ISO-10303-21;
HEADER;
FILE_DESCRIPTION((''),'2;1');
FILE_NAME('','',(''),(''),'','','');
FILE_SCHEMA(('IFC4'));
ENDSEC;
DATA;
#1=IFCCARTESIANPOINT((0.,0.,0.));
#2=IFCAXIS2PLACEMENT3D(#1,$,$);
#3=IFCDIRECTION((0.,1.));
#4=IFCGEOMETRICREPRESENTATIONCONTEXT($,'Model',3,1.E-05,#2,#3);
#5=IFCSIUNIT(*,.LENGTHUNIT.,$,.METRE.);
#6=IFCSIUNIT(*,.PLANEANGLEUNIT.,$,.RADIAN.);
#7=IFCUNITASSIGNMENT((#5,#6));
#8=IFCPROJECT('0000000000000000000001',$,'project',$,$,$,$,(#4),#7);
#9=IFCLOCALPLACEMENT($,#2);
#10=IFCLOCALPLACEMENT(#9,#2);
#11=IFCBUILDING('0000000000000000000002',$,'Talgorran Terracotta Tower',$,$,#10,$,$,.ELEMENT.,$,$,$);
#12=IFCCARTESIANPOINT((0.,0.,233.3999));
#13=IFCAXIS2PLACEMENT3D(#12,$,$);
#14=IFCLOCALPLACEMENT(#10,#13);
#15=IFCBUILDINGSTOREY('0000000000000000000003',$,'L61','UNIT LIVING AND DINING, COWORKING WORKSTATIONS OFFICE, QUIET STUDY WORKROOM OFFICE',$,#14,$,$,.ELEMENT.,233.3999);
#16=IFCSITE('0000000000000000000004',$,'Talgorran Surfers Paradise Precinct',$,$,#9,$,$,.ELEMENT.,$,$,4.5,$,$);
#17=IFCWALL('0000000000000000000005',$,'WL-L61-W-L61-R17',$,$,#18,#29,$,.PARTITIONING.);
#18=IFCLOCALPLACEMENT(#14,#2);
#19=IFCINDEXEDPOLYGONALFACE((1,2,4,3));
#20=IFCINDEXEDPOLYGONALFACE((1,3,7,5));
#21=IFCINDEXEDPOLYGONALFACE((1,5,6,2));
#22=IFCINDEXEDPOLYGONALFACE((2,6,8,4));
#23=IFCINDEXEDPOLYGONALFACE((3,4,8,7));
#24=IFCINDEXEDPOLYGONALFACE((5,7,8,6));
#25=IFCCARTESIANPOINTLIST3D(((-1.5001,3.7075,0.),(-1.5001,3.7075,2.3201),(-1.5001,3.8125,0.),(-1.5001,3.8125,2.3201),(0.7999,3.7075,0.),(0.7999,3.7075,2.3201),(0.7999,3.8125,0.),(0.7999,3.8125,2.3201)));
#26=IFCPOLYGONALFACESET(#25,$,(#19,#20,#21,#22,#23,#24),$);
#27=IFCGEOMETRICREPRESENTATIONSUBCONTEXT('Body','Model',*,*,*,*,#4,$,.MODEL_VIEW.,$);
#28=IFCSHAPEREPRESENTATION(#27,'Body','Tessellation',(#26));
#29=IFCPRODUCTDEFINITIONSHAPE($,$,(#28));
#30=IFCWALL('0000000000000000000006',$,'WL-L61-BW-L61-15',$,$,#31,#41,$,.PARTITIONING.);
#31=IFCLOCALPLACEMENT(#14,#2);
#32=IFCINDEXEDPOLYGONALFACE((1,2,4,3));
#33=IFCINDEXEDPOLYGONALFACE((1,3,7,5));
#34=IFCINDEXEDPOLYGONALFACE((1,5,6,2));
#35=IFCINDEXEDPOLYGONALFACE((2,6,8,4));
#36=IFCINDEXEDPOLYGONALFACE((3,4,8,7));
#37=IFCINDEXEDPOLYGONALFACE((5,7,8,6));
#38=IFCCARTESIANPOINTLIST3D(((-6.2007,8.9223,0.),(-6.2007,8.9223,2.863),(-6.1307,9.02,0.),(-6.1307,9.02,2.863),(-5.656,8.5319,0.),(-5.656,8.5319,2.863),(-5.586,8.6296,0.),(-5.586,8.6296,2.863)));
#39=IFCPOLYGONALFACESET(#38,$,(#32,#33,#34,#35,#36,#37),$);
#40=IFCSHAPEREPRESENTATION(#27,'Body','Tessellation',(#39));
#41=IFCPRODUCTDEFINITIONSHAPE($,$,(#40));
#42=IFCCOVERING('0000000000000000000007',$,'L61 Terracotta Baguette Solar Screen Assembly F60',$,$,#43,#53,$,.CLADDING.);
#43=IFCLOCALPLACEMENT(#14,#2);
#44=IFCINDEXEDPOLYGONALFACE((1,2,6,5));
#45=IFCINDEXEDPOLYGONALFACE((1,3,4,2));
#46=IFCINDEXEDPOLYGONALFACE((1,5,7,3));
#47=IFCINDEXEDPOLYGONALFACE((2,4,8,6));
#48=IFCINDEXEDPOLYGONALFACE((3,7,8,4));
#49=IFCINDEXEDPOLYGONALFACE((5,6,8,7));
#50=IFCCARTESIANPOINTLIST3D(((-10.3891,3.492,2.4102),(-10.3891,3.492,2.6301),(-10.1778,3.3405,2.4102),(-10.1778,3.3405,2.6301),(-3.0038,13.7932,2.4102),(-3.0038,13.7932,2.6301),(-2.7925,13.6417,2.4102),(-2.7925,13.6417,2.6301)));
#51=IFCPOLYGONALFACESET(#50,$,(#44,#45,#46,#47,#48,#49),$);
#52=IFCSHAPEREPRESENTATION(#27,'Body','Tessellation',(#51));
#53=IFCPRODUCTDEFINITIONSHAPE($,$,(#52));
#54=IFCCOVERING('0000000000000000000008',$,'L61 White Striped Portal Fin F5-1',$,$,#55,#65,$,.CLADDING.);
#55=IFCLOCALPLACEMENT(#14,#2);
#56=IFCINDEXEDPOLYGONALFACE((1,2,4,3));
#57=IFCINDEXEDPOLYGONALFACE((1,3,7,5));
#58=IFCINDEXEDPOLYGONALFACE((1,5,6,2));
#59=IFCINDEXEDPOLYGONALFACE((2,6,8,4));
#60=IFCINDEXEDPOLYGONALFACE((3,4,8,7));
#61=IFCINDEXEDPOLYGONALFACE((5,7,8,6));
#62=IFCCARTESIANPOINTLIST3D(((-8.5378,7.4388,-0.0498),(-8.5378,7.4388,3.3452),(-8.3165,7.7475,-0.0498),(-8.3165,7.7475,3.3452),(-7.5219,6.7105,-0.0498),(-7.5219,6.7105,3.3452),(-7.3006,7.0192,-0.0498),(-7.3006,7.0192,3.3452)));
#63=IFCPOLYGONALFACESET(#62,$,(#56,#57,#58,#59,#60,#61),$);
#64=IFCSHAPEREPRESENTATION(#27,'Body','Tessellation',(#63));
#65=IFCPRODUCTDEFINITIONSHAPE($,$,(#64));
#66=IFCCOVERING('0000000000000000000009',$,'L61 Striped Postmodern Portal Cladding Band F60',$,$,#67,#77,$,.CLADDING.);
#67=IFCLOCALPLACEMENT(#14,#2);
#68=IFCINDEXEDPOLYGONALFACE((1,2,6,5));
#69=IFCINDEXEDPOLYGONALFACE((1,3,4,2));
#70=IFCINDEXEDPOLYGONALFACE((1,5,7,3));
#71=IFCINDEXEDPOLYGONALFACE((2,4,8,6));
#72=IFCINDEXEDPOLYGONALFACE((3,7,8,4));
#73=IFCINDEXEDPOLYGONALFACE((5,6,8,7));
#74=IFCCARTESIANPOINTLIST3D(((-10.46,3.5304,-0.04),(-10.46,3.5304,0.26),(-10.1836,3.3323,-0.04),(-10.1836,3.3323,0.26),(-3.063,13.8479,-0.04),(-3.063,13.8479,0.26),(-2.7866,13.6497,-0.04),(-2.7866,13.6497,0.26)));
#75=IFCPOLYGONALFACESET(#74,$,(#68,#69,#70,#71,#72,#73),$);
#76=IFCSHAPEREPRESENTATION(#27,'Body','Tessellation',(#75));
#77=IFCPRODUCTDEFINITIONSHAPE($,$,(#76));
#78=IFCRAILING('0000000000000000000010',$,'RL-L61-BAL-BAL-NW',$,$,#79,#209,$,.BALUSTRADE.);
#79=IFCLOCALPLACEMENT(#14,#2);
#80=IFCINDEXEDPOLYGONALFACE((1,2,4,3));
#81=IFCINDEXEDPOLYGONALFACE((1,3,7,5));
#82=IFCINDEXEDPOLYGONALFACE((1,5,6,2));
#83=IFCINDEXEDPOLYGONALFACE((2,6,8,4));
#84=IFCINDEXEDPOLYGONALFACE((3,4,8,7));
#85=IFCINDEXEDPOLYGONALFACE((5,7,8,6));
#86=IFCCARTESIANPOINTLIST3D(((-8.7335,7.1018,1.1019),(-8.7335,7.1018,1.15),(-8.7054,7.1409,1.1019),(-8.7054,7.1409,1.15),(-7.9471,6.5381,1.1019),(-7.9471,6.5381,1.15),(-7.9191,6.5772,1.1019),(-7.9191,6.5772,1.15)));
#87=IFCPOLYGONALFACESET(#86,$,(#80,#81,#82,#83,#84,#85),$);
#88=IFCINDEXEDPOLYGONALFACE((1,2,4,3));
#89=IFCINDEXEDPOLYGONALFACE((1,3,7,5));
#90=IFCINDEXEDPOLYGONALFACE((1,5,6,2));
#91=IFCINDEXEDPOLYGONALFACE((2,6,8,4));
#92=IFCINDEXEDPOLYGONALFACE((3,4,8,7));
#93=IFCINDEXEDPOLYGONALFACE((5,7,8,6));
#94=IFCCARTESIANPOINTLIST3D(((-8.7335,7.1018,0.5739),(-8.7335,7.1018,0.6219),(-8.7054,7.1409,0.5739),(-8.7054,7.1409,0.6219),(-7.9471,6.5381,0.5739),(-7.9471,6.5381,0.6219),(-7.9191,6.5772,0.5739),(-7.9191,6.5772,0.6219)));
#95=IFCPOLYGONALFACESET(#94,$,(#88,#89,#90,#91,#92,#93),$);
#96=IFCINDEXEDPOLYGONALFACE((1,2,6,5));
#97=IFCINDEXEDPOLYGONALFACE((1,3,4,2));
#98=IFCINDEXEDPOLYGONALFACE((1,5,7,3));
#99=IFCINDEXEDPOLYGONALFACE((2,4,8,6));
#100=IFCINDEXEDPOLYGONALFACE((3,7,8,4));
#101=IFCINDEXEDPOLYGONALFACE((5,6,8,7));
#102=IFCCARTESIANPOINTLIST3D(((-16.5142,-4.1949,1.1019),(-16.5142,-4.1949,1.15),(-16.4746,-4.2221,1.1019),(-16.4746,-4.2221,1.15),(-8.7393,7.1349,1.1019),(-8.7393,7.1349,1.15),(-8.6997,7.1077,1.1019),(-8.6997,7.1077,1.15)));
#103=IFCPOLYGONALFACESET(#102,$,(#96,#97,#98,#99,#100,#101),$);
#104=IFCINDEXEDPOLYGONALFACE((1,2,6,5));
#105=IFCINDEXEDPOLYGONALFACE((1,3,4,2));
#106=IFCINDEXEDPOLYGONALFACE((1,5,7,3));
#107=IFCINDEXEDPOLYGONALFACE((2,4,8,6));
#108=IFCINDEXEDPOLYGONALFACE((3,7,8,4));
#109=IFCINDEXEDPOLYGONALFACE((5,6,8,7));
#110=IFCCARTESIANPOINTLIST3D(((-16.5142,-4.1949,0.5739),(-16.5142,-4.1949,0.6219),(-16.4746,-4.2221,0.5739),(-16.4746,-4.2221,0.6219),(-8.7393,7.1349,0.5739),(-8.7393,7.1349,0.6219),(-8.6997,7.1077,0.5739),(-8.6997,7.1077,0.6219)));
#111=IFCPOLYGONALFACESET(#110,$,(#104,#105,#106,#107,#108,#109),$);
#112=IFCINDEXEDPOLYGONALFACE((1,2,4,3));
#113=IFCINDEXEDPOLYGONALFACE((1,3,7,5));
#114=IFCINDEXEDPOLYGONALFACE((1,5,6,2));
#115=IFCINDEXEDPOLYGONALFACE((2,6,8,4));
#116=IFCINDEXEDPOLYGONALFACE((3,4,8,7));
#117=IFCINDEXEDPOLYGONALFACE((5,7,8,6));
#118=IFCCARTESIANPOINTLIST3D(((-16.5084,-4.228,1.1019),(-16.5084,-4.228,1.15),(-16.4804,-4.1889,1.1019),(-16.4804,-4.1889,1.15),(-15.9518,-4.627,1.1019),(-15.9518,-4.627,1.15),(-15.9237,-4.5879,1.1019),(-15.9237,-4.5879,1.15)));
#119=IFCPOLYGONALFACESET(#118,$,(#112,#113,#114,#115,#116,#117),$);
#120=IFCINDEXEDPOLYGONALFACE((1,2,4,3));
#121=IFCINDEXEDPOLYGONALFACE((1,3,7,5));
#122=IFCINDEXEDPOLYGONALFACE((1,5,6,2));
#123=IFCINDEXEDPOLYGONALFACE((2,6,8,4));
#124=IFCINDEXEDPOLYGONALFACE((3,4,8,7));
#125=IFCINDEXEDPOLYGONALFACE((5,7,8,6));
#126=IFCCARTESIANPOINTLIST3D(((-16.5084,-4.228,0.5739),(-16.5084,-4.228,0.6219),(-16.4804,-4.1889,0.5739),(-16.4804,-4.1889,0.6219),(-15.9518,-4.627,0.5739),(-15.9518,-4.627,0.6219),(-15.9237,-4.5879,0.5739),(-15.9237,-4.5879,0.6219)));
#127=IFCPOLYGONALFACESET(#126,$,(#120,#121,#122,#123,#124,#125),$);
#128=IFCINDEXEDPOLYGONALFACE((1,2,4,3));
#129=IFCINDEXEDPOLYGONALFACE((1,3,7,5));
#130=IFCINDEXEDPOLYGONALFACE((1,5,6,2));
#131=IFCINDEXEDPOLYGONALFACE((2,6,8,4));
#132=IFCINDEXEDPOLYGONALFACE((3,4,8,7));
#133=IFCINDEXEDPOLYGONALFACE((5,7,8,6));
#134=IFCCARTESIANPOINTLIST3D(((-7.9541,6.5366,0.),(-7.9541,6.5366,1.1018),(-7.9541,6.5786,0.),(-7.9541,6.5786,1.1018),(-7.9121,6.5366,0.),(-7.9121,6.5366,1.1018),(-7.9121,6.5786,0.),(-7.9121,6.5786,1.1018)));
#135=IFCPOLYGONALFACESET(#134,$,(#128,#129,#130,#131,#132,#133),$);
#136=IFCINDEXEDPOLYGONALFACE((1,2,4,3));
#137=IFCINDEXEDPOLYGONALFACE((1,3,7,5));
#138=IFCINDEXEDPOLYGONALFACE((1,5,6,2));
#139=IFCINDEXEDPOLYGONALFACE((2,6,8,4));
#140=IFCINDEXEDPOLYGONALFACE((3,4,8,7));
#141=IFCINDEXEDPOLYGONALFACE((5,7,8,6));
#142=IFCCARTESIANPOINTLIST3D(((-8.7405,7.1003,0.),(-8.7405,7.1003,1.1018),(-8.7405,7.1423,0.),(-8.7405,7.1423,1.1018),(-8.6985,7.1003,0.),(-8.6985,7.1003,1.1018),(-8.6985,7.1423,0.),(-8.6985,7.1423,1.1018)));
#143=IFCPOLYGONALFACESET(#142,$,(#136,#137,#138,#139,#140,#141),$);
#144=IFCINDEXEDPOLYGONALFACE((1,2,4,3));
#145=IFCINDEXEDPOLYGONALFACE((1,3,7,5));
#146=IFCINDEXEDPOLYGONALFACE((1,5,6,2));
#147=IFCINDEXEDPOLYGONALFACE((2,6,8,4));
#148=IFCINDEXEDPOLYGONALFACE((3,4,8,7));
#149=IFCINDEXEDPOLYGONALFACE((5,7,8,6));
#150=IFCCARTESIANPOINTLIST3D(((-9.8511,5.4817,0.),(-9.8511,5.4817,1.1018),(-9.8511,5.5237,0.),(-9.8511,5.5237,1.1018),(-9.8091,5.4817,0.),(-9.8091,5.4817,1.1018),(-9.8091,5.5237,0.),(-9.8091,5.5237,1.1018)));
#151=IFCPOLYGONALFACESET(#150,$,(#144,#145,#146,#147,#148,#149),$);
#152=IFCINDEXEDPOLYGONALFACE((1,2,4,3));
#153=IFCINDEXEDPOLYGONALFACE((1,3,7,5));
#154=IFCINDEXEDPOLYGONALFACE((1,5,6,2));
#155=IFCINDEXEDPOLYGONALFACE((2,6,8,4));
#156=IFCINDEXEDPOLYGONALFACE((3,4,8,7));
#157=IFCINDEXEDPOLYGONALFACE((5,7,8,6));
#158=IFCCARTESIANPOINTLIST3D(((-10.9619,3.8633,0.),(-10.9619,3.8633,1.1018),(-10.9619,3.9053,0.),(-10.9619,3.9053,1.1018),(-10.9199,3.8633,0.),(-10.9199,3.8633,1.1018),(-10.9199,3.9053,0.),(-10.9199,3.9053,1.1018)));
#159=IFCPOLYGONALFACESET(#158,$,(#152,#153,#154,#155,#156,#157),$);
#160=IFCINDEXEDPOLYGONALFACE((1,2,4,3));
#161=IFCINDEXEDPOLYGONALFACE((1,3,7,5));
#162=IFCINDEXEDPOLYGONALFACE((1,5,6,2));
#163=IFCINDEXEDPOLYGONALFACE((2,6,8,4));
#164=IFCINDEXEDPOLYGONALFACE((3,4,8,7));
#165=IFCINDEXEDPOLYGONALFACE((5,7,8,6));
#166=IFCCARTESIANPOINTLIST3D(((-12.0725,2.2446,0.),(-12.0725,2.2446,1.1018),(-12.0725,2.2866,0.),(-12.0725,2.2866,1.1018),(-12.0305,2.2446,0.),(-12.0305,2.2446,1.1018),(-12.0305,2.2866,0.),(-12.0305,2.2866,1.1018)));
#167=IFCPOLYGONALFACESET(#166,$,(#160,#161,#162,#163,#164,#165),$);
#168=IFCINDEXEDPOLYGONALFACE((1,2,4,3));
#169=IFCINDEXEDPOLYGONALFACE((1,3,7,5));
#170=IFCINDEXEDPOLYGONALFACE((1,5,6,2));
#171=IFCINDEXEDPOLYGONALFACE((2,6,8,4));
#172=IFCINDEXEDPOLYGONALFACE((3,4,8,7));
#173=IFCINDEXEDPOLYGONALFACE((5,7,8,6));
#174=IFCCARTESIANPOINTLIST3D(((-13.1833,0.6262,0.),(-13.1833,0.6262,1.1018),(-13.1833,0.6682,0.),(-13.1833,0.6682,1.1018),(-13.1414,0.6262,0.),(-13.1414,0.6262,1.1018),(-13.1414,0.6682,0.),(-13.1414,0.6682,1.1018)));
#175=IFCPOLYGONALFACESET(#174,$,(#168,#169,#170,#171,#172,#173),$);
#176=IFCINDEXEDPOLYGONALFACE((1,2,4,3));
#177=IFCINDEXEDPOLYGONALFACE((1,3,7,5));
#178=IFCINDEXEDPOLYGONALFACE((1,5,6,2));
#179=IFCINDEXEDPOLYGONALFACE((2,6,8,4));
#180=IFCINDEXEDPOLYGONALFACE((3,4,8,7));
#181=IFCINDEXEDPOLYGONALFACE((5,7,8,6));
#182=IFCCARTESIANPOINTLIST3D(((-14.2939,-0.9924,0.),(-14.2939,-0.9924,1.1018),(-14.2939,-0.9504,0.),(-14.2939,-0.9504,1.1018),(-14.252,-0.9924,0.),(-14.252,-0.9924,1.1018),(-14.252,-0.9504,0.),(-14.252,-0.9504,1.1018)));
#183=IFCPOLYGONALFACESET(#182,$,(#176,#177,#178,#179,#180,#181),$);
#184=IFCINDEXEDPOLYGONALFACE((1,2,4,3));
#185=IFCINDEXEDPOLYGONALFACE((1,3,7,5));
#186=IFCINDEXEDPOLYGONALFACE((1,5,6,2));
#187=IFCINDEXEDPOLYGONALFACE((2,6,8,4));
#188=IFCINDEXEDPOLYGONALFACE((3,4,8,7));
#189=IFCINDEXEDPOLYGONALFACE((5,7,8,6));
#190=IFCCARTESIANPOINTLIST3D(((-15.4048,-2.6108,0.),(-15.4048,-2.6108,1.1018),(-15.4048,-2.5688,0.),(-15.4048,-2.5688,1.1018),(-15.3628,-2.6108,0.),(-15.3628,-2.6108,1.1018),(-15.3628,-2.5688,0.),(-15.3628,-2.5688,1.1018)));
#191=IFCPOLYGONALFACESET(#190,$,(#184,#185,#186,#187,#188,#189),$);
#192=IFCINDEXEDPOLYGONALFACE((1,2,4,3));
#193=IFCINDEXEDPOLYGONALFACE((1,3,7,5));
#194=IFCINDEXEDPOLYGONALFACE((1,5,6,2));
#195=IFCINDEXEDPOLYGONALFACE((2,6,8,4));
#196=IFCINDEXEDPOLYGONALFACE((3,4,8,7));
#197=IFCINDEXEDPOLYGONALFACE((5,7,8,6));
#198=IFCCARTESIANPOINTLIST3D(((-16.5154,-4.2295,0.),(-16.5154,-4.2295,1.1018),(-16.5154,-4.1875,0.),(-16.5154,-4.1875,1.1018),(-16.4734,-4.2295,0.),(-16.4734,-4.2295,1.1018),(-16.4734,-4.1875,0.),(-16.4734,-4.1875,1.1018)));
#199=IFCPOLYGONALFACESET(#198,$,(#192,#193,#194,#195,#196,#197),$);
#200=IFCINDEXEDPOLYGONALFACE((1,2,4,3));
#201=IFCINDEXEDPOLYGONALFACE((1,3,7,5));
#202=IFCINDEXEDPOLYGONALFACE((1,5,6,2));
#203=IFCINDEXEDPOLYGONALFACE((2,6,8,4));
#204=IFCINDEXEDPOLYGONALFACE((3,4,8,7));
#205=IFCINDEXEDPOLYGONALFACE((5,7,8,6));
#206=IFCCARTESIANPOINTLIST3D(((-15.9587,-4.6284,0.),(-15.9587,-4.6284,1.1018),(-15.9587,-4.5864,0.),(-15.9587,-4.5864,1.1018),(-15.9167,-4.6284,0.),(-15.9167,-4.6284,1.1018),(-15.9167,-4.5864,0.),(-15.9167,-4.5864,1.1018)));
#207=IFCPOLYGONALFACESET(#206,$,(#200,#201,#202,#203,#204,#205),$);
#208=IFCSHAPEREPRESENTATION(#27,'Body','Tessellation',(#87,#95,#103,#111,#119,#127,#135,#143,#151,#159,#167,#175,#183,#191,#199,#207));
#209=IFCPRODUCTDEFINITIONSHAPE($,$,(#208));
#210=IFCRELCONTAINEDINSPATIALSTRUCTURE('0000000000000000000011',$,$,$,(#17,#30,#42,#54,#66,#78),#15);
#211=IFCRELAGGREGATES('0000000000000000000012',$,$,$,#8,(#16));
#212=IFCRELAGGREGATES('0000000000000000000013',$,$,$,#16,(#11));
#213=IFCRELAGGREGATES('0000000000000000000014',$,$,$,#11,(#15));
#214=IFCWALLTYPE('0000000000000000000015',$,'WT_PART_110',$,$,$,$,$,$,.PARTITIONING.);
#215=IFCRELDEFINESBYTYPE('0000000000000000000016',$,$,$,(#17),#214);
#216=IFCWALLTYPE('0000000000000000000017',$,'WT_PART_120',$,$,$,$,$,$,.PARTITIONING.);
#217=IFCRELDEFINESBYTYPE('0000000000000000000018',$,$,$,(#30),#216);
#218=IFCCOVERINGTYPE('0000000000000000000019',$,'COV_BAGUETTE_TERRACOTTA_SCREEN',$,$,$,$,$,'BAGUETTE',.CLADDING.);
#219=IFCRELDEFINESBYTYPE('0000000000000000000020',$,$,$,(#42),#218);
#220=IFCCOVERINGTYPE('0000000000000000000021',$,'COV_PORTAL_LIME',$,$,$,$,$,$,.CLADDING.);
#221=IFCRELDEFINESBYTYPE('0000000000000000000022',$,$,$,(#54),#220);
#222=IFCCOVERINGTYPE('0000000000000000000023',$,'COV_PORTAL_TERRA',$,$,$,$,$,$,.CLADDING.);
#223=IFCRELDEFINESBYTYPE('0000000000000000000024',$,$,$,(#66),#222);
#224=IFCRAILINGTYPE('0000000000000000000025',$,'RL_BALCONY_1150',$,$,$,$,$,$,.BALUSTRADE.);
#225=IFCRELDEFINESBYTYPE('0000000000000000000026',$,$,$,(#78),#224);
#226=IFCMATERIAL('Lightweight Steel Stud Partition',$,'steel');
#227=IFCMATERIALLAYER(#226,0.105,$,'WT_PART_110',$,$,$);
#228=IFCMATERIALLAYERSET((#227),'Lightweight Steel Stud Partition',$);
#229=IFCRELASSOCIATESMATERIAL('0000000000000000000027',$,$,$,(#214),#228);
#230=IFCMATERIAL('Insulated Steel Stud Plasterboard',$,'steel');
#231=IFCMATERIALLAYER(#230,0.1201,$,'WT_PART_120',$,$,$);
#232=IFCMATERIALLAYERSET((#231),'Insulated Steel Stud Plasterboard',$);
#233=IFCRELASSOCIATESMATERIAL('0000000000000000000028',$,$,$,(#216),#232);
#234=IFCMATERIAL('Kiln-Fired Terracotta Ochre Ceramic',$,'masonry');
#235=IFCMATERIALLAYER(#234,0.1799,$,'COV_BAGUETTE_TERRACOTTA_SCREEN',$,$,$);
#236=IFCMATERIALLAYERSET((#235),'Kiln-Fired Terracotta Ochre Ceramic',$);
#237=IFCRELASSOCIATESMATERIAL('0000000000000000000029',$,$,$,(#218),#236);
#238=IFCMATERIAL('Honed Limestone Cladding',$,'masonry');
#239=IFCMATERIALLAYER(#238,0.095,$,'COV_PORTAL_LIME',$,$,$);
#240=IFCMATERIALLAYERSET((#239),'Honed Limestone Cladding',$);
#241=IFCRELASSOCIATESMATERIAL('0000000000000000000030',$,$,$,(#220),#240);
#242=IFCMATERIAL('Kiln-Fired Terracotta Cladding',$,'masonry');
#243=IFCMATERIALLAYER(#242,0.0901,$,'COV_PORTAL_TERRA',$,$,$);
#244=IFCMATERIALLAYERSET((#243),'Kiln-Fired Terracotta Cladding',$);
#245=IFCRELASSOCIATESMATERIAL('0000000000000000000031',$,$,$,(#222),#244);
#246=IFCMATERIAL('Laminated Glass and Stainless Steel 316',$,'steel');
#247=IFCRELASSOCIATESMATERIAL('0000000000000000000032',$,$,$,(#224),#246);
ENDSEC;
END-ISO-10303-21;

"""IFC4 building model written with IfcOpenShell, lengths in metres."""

from ifc_helpers import new_model, si_unit, direction, frame, frame_2d, origin, origin_2d, place, context, subcontext, project, spatial, rectangle, extrude, material, layer, layer_set, type_object, element, save


model = new_model("IFC4")

# Units and contexts
model_context = context("Model", 3, precision=1e-05, world=origin(), true_north=direction((0.0, 1.0)))
body_context = subcontext(model_context, "Body", "Model", "MODEL_VIEW")
ifc_project = project(units=[si_unit("LENGTHUNIT", "METRE"), si_unit("PLANEANGLEUNIT", "RADIAN")], contexts=[model_context])

# Site, building, storey
site_placement = place(None, origin())
site = spatial("IfcSite", under=ifc_project, at=site_placement, Name="Talgorran Surfers Paradise Precinct", CompositionType="ELEMENT", RefElevation=4.5)
building_placement = place(site_placement, origin())
building = spatial("IfcBuilding", under=site, at=building_placement, Name="Talgorran Terracotta Tower", CompositionType="ELEMENT")
storey_placement = place(building_placement, frame((0.0, 0.0, 233.3999)))
storey = spatial("IfcBuildingStorey", under=building, at=storey_placement, Name="L61", Description="UNIT LIVING AND DINING, COWORKING WORKSTATIONS OFFICE, QUIET STUDY WORKROOM OFFICE", CompositionType="ELEMENT", Elevation=233.3999)

# Shared definitions
ifc_material_1 = material(Name="Lightweight Steel Stud Partition", Category="steel")
ifc_layer_1 = layer(ifc_material_1, 0.105, Name="WT_PART_110")
ifc_layer_set_1 = layer_set([ifc_layer_1], Name="Lightweight Steel Stud Partition")
wall_type_1 = type_object("IfcWallType", Name="WT_PART_110", PredefinedType="PARTITIONING", material=ifc_layer_set_1)

# Walls
wall_1_placement = place(storey_placement, frame((-1.5, 3.76, 0.0), z_axis=(0.0, 0.0, 1.0), x_axis=(1.0, 0.0, 0.0)))
element("IfcWall", 1, at=wall_1_placement, inside=storey, type_object=wall_type_1, Name="WL-L61-W-L61-R17", PredefinedType="PARTITIONING", context=body_context, shape_type="SweptSolid", body=[
    extrude(rectangle(XDim=2.3, YDim=0.105, at=frame_2d((1.1499, 0.0))), origin(), (0.0, 0.0, 1.0), 2.3201),
])
ifc_material_2 = material(Name="Insulated Steel Stud Plasterboard", Category="steel")
ifc_layer_2 = layer(ifc_material_2, 0.1201, Name="WT_PART_120")
ifc_layer_set_2 = layer_set([ifc_layer_2], Name="Insulated Steel Stud Plasterboard")
wall_type_2 = type_object("IfcWallType", Name="WT_PART_120", PredefinedType="PARTITIONING", material=ifc_layer_set_2)
wall_2_placement = place(storey_placement, frame((-5.6211, 8.5808, 0.0), z_axis=(0.0, 0.0, 1.0), x_axis=(-0.812797, 0.582547, 0.0)))
element("IfcWall", 2, at=wall_2_placement, inside=storey, type_object=wall_type_2, Name="WL-L61-BW-L61-15", PredefinedType="PARTITIONING", context=body_context, shape_type="SweptSolid", body=[
    extrude(rectangle(XDim=0.6702, YDim=0.1201, at=frame_2d((0.335, 0.0))), origin(), (0.0, 0.0, 1.0), 2.863),
])

# Coverings
ifc_material_3 = material(Name="Kiln-Fired Terracotta Ochre Ceramic", Category="masonry")
ifc_layer_3 = layer(ifc_material_3, 0.1799, Name="COV_BAGUETTE_TERRACOTTA_SCREEN")
ifc_layer_set_3 = layer_set([ifc_layer_3], Name="Kiln-Fired Terracotta Ochre Ceramic")
covering_type_1 = type_object("IfcCoveringType", Name="COV_BAGUETTE_TERRACOTTA_SCREEN", ElementType="BAGUETTE", PredefinedType="CLADDING", material=ifc_layer_set_3)
covering_1_placement = place(storey_placement, frame((-6.5908, 8.5669, 2.4102), z_axis=(0.0, 0.0, 1.0), x_axis=(-0.582662, -0.812715, 0.0)))
element("IfcCovering", 3, at=covering_1_placement, inside=storey, type_object=covering_type_1, Name="L61 Terracotta Baguette Solar Screen Assembly F60", PredefinedType="CLADDING", context=body_context, shape_type="SweptSolid", body=[
    extrude(rectangle(XDim=12.675, YDim=0.26, at=origin_2d()), origin(), (0.0, 0.0, 1.0), 0.22),
])
ifc_material_4 = material(Name="Honed Limestone Cladding", Category="masonry")
ifc_layer_4 = layer(ifc_material_4, 0.095, Name="COV_PORTAL_LIME")
ifc_layer_set_4 = layer_set([ifc_layer_4], Name="Honed Limestone Cladding")
covering_type_2 = type_object("IfcCoveringType", Name="COV_PORTAL_LIME", PredefinedType="CLADDING", material=ifc_layer_set_4)
covering_2_placement = place(storey_placement, frame((-7.9192, 7.229, -0.0498), z_axis=(0.0, 0.0, 1.0), x_axis=(-0.582662, -0.812715, 0.0)))
element("IfcCovering", 4, at=covering_2_placement, inside=storey, type_object=covering_type_2, Name="L61 White Striped Portal Fin F5-1", PredefinedType="CLADDING", context=body_context, shape_type="SweptSolid", body=[
    extrude(rectangle(XDim=0.3799, YDim=1.25, at=origin_2d()), origin(), (0.0, 0.0, 1.0), 3.395),
])
ifc_material_5 = material(Name="Kiln-Fired Terracotta Cladding", Category="masonry")
ifc_layer_5 = layer(ifc_material_5, 0.0901, Name="COV_PORTAL_TERRA")
ifc_layer_set_5 = layer_set([ifc_layer_5], Name="Kiln-Fired Terracotta Cladding")
covering_type_3 = type_object("IfcCoveringType", Name="COV_PORTAL_TERRA", PredefinedType="CLADDING", material=ifc_layer_set_5)
covering_3_placement = place(storey_placement, frame((-6.6233, 8.5901, -0.04), z_axis=(0.0, 0.0, 1.0), x_axis=(-0.582662, -0.812715, 0.0)))
element("IfcCovering", 5, at=covering_3_placement, inside=storey, type_object=covering_type_3, Name="L61 Striped Postmodern Portal Cladding Band F60", PredefinedType="CLADDING", context=body_context, shape_type="SweptSolid", body=[
    extrude(rectangle(XDim=12.6951, YDim=0.3401, at=origin_2d()), origin(), (0.0, 0.0, 1.0), 0.3),
])

# Railing
ifc_material_6 = material(Name="Laminated Glass and Stainless Steel 316", Category="steel")
railing_type = type_object("IfcRailingType", Name="RL_BALCONY_1150", PredefinedType="BALUSTRADE", material=ifc_material_6)
railing_placement = place(storey_placement, frame((-7.9331, 6.5576, 0.0)))
element("IfcRailing", 6, at=railing_placement, inside=storey, type_object=railing_type, Name="RL-L61-BAL-BAL-NW", PredefinedType="BALUSTRADE", context=body_context, shape_type="SweptSolid", body=[
    extrude(rectangle(XDim=0.0481, YDim=0.0481, at=origin_2d()), frame((0.0, 0.0, 1.126), z_axis=(-0.812743, 0.582622, 0.0), x_axis=(-0.582622, -0.812743, 0.0)), (0.0, 0.0, 1.0), 0.9675),
    extrude(rectangle(XDim=0.0481, YDim=0.0481, at=origin_2d()), frame((0.0, 0.0, 0.5979), z_axis=(-0.812743, 0.582622, 0.0), x_axis=(-0.582622, -0.812743, 0.0)), (0.0, 0.0, 1.0), 0.9675),
    extrude(rectangle(XDim=0.0481, YDim=0.0481, at=origin_2d()), frame((-0.7864, 0.5637, 1.126), z_axis=(-0.565819, -0.824529, 0.0), x_axis=(0.824529, -0.565819, 0.0)), (0.0, 0.0, 1.0), 13.741),
    extrude(rectangle(XDim=0.0481, YDim=0.0481, at=origin_2d()), frame((-0.7864, 0.5637, 0.5979), z_axis=(-0.565819, -0.824529, 0.0), x_axis=(0.824529, -0.565819, 0.0)), (0.0, 0.0, 1.0), 13.741),
    extrude(rectangle(XDim=0.0481, YDim=0.0481, at=origin_2d()), frame((-8.5613, -10.7661, 1.126), z_axis=(0.812817, -0.582519, 0.0), x_axis=(0.582519, 0.812817, 0.0)), (0.0, 0.0, 1.0), 0.6848),
    extrude(rectangle(XDim=0.0481, YDim=0.0481, at=origin_2d()), frame((-8.5613, -10.7661, 0.5979), z_axis=(0.812817, -0.582519, 0.0), x_axis=(0.582519, 0.812817, 0.0)), (0.0, 0.0, 1.0), 0.6848),
    extrude(rectangle(XDim=0.042, YDim=0.042, at=origin_2d()), origin(), (0.0, 0.0, 1.0), 1.1018),
    extrude(rectangle(XDim=0.042, YDim=0.042, at=origin_2d()), frame((-0.7864, 0.5637, 0.0)), (0.0, 0.0, 1.0), 1.1018),
    extrude(rectangle(XDim=0.042, YDim=0.042, at=origin_2d()), frame((-1.897, -1.0549, 0.0)), (0.0, 0.0, 1.0), 1.1018),
    extrude(rectangle(XDim=0.042, YDim=0.042, at=origin_2d()), frame((-3.0078, -2.6733, 0.0)), (0.0, 0.0, 1.0), 1.1018),
    extrude(rectangle(XDim=0.042, YDim=0.042, at=origin_2d()), frame((-4.1184, -4.292, 0.0)), (0.0, 0.0, 1.0), 1.1018),
    extrude(rectangle(XDim=0.042, YDim=0.042, at=origin_2d()), frame((-5.2292, -5.9104, 0.0)), (0.0, 0.0, 1.0), 1.1018),
    extrude(rectangle(XDim=0.042, YDim=0.042, at=origin_2d()), frame((-6.3398, -7.5291, 0.0)), (0.0, 0.0, 1.0), 1.1018),
    extrude(rectangle(XDim=0.042, YDim=0.042, at=origin_2d()), frame((-7.4507, -9.1475, 0.0)), (0.0, 0.0, 1.0), 1.1018),
    extrude(rectangle(XDim=0.042, YDim=0.042, at=origin_2d()), frame((-8.5613, -10.7661, 0.0)), (0.0, 0.0, 1.0), 1.1018),
    extrude(rectangle(XDim=0.042, YDim=0.042, at=origin_2d()), frame((-8.0046, -11.165, 0.0)), (0.0, 0.0, 1.0), 1.1018),
])

save(model, "model.ifc")
